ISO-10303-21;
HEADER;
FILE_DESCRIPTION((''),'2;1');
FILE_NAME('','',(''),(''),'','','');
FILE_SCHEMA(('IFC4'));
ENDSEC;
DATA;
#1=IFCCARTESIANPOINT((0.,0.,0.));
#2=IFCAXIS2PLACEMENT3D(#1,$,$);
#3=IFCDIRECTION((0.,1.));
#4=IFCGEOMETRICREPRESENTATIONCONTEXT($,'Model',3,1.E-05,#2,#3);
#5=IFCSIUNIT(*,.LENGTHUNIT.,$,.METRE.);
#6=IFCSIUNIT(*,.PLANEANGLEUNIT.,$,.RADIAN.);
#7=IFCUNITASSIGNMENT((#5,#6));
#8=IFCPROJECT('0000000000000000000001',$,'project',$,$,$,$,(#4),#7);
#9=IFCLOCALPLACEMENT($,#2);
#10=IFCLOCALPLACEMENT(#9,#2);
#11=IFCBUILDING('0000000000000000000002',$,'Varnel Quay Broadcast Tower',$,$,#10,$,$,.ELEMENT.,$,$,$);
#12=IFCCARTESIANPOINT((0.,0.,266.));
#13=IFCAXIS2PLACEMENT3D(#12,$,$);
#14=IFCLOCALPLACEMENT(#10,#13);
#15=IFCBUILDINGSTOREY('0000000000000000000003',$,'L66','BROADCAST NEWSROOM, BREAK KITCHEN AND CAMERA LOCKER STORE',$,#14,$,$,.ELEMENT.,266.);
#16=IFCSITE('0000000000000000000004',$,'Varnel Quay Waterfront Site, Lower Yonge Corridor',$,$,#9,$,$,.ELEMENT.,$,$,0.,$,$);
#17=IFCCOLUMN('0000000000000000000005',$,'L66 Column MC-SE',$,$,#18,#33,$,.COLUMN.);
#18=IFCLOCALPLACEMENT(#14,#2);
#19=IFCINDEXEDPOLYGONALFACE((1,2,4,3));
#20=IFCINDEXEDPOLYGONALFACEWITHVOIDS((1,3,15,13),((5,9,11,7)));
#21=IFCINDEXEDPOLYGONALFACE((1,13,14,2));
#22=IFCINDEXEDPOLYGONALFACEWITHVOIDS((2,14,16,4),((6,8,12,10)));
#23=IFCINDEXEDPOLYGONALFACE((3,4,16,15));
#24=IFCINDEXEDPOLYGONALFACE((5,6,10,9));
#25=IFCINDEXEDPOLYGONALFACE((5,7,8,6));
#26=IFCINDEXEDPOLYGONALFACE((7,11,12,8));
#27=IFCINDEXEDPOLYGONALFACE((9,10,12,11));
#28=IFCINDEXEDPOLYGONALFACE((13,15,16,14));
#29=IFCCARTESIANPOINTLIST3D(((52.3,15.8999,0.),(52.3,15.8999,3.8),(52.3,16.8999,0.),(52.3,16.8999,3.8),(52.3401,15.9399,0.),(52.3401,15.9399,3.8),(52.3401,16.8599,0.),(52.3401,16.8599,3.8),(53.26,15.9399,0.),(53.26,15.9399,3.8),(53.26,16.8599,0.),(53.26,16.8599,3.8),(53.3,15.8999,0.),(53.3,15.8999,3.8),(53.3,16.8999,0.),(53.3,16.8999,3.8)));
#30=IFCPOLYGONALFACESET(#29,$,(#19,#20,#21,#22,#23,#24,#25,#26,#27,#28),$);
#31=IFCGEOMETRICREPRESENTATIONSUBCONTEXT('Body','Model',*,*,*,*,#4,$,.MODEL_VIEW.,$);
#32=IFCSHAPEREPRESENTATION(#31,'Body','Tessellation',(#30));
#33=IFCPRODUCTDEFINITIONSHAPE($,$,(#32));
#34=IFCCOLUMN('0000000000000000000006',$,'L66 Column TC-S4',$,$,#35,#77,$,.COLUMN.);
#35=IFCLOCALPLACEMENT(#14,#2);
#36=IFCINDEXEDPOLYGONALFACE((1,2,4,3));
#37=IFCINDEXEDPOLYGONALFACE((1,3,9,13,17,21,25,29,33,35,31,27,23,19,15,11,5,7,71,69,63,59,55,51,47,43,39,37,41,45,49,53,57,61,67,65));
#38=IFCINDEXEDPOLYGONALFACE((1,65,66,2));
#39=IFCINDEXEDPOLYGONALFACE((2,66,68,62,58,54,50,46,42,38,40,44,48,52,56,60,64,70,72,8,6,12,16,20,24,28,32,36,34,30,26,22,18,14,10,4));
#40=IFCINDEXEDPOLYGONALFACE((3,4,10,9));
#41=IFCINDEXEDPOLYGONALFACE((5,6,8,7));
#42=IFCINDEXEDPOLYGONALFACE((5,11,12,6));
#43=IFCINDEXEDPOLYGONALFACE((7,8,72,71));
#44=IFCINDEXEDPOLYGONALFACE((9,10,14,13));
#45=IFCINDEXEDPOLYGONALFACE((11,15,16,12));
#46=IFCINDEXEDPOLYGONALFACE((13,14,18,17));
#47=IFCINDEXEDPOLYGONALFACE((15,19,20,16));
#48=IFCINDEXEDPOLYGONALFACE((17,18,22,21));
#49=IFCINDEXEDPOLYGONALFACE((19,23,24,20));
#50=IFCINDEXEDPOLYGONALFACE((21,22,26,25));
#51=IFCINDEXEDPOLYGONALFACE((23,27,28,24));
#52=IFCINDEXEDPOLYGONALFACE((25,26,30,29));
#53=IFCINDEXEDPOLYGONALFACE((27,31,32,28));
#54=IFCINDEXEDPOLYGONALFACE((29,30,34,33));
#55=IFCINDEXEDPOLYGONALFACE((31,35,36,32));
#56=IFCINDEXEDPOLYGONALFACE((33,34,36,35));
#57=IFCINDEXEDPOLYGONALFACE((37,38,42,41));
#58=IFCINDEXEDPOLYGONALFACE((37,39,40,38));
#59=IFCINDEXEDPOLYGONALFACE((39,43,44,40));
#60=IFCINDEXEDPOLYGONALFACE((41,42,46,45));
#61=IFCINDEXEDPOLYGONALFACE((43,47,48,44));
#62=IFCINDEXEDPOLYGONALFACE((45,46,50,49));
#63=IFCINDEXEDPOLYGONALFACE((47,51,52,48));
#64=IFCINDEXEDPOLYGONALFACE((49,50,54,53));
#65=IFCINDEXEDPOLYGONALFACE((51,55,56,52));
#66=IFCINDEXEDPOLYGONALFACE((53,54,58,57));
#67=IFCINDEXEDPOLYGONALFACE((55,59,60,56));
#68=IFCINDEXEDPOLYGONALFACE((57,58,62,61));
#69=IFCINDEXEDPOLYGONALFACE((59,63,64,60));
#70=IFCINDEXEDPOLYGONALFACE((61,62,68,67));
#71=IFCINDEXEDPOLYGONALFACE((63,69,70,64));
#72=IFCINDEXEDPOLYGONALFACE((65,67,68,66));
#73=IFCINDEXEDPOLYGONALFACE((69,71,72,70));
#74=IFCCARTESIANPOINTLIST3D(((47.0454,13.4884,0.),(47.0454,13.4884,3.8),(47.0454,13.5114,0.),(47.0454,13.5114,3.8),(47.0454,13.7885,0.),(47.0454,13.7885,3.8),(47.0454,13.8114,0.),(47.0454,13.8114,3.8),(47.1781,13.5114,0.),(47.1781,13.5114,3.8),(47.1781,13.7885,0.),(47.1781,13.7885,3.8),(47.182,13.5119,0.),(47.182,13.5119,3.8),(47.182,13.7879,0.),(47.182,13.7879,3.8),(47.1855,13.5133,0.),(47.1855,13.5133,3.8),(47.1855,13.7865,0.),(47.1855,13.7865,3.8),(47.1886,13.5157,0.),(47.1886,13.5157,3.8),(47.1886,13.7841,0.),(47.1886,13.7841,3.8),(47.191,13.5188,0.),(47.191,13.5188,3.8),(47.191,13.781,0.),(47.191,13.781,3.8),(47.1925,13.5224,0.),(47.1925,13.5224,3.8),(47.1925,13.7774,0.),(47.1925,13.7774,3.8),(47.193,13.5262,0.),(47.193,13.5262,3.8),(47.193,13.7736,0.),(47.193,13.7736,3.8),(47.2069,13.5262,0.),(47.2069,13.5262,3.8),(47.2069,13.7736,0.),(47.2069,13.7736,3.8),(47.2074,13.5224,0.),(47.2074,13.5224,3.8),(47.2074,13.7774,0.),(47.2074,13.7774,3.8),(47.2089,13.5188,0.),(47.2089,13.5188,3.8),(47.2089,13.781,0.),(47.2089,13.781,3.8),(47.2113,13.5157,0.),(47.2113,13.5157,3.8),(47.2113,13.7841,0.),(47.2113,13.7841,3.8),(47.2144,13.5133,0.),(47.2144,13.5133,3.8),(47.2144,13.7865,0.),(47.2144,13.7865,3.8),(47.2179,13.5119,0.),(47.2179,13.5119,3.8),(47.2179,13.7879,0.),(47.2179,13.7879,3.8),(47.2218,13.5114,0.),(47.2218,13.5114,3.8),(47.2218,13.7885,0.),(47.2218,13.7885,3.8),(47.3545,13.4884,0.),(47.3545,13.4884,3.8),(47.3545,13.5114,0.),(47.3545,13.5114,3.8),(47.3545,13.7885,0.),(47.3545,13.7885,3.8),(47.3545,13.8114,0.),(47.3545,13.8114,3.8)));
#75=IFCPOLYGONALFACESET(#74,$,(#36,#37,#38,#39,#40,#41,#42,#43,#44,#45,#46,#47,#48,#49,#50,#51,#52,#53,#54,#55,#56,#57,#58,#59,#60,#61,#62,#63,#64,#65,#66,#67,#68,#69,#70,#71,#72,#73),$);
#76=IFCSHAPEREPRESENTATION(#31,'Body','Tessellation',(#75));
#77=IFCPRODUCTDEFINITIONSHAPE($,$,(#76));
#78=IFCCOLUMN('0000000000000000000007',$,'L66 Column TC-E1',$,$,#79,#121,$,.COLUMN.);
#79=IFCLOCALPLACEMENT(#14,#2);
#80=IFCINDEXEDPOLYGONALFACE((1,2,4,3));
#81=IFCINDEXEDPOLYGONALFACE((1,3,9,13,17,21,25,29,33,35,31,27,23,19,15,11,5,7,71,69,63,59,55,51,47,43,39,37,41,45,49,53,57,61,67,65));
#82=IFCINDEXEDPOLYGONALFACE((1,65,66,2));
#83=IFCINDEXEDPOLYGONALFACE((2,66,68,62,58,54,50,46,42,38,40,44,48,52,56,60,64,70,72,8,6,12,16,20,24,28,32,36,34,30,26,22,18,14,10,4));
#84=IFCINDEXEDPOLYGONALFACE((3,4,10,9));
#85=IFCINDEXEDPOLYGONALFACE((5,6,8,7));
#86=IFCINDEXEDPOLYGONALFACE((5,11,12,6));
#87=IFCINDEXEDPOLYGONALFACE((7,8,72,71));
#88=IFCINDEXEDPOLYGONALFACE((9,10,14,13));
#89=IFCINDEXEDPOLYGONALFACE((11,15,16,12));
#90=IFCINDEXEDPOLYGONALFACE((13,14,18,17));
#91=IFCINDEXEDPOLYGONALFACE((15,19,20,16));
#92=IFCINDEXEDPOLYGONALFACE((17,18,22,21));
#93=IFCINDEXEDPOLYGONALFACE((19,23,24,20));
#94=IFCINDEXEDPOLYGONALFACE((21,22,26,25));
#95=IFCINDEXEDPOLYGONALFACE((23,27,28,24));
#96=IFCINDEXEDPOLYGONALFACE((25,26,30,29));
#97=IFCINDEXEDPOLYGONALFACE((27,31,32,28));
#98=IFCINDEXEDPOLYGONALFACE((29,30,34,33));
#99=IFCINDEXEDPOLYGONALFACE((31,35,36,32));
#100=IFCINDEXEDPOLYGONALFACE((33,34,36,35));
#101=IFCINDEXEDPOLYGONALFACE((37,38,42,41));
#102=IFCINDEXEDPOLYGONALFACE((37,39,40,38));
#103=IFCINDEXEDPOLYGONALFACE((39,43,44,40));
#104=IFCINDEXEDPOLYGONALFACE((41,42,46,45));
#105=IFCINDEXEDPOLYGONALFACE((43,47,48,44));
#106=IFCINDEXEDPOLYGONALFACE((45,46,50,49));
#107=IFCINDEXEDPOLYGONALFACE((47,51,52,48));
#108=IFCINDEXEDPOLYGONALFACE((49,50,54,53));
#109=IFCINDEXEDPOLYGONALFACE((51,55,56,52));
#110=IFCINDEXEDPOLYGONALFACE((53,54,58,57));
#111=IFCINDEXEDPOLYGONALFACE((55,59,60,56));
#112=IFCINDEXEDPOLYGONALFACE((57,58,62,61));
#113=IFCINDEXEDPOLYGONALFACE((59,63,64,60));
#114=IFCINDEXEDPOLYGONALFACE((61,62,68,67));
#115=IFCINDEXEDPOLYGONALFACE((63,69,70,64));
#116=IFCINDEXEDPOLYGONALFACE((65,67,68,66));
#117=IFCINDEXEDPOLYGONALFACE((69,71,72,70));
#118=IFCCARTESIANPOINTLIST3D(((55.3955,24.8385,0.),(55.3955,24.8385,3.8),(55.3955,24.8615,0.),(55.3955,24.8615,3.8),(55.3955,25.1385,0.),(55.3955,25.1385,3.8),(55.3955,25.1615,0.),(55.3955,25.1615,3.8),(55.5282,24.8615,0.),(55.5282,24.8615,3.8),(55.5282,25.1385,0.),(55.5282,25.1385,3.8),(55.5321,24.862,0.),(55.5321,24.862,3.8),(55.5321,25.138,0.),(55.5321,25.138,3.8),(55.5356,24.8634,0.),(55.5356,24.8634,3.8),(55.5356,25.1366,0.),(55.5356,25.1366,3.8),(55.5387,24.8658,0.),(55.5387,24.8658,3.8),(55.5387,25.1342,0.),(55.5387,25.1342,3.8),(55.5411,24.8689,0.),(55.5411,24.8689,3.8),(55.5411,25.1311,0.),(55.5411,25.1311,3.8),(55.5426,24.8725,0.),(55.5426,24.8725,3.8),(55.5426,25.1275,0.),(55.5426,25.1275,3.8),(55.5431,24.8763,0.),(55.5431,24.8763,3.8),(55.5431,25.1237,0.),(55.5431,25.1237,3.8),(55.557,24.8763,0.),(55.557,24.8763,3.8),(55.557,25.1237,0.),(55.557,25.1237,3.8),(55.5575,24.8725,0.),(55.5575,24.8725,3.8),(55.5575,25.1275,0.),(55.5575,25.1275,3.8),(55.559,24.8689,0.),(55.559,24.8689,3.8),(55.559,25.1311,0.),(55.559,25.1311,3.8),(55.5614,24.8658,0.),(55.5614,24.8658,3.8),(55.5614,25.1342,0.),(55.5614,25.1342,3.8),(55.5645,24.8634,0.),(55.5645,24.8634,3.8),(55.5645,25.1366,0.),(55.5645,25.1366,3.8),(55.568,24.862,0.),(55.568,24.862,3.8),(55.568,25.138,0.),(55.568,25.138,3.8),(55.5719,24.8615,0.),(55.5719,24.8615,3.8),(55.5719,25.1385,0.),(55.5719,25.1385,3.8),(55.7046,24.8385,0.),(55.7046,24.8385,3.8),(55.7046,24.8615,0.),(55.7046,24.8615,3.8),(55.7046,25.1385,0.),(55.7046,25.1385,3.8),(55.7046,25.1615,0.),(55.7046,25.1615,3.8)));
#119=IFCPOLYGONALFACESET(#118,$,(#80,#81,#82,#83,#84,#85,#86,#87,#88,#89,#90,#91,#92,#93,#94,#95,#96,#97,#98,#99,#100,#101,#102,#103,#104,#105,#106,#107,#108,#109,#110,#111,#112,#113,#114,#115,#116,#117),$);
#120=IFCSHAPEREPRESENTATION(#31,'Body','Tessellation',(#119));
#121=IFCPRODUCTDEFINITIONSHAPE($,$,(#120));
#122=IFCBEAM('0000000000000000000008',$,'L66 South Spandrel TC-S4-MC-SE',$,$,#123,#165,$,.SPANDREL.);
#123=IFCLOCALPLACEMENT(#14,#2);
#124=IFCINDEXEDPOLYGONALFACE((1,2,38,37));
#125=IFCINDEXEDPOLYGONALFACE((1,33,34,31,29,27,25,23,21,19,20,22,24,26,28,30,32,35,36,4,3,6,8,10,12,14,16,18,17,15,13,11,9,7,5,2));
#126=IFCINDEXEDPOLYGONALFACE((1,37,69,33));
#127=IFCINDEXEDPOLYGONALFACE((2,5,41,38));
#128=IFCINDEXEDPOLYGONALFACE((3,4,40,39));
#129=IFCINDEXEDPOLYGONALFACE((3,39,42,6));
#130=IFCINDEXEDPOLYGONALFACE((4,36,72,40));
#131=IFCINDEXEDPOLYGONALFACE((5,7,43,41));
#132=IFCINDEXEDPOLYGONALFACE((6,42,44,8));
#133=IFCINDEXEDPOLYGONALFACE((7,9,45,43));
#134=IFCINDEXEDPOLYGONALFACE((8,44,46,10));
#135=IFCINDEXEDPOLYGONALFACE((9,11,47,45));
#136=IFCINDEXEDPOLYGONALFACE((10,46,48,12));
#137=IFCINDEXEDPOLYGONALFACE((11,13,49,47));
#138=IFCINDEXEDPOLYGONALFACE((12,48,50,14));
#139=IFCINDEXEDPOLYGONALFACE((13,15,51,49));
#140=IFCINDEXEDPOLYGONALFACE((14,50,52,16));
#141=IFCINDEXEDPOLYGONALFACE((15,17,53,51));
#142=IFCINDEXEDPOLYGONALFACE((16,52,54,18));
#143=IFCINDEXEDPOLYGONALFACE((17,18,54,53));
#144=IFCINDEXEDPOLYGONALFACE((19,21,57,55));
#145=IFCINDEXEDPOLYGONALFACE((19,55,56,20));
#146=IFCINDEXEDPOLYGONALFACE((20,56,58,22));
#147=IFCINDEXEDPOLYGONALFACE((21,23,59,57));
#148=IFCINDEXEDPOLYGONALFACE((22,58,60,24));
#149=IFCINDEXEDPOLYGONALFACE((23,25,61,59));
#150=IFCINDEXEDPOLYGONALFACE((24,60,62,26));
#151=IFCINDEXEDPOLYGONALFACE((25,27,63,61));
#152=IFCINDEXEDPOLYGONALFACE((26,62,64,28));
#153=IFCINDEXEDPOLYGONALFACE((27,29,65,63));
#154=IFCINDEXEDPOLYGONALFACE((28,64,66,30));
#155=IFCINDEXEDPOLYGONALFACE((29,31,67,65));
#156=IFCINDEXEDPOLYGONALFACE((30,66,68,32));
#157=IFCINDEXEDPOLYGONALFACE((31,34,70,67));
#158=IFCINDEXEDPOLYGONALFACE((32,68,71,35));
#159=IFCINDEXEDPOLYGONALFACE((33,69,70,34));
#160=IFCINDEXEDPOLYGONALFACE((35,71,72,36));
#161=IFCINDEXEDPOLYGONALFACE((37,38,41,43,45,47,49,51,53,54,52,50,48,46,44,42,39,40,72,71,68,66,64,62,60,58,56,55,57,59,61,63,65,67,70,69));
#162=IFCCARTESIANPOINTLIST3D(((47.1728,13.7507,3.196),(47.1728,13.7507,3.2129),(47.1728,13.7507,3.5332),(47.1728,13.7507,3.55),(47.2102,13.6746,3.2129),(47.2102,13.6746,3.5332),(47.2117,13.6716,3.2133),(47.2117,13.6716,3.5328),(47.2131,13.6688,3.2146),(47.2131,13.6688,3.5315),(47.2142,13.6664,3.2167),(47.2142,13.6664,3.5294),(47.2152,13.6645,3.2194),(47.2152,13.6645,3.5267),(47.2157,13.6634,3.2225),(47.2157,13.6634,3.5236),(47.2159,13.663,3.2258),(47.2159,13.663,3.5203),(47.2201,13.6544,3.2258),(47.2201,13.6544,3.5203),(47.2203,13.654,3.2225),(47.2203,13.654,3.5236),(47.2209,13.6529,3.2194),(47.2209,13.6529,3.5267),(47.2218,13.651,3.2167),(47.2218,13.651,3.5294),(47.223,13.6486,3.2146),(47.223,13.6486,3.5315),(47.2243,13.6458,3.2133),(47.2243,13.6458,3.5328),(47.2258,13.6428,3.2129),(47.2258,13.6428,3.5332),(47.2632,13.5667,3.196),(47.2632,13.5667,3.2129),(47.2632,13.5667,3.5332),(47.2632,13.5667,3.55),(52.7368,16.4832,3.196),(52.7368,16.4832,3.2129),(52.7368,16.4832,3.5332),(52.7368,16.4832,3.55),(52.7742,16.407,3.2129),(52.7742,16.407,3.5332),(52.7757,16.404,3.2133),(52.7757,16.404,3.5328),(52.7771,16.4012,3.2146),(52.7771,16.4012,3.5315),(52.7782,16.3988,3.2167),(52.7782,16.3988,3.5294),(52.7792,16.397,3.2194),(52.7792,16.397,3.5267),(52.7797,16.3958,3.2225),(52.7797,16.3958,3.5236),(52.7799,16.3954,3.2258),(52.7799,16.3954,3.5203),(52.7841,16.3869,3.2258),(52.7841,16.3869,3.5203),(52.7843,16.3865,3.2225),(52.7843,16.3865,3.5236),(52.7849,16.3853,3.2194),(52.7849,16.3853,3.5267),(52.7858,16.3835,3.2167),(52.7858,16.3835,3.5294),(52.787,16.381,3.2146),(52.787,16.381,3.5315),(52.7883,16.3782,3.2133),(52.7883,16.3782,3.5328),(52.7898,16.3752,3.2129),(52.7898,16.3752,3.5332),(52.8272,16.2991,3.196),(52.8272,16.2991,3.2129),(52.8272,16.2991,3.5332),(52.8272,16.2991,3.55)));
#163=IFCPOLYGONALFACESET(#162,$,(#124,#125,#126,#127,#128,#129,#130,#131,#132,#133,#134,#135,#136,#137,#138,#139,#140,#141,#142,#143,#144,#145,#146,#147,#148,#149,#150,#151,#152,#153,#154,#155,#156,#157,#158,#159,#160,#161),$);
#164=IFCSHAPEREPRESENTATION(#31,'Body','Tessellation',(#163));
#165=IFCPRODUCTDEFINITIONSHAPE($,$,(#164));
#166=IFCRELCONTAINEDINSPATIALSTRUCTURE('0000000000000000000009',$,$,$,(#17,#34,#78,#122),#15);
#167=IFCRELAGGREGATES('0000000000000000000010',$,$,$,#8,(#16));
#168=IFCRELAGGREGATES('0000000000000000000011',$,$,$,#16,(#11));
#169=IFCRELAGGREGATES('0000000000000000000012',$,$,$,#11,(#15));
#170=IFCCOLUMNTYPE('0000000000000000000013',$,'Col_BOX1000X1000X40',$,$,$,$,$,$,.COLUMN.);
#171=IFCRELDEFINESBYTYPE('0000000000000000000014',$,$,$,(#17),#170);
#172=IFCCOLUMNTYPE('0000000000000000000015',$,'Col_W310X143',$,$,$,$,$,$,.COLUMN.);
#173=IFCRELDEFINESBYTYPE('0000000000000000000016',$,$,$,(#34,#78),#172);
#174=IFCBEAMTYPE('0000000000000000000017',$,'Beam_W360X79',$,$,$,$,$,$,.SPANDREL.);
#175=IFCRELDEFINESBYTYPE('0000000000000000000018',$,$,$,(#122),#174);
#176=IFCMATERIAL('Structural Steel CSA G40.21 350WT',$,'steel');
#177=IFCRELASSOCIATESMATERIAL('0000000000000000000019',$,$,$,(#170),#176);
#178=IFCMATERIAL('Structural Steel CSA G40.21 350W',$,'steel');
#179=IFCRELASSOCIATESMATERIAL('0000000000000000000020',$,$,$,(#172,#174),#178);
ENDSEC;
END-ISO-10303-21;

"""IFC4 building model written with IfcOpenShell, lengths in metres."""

from ifc_helpers import new_model, si_unit, direction, frame, origin, origin_2d, place, context, subcontext, project, spatial, hollow_rectangle, i_section, extrude, source, transform, mapped, material, material_profile, profile_set, type_object, type_shapes, element, save


model = new_model("IFC4")

# Units and contexts
model_context = context("Model", 3, precision=1e-05, world=origin(), true_north=direction((0.0, 1.0)))
body_context = subcontext(model_context, "Body", "Model", "MODEL_VIEW")
ifc_project = project(units=[si_unit("LENGTHUNIT", "METRE"), si_unit("PLANEANGLEUNIT", "RADIAN")], contexts=[model_context])

# Site, building, storey
site_placement = place(None, origin())
site = spatial("IfcSite", under=ifc_project, at=site_placement, Name="Varnel Quay Waterfront Site, Lower Yonge Corridor", CompositionType="ELEMENT", RefElevation=0.0)
building_placement = place(site_placement, origin())
building = spatial("IfcBuilding", under=site, at=building_placement, Name="Varnel Quay Broadcast Tower", CompositionType="ELEMENT")
storey_placement = place(building_placement, frame((0.0, 0.0, 266.0)))
storey = spatial("IfcBuildingStorey", under=building, at=storey_placement, Name="L66", Description="BROADCAST NEWSROOM, BREAK KITCHEN AND CAMERA LOCKER STORE", CompositionType="ELEMENT", Elevation=266.0)

# Columns
ifc_material_1 = material(Name="Structural Steel CSA G40.21 350WT", Category="steel")
ifc_material_profile_1 = material_profile(ifc_material_1, hollow_rectangle(XDim=1.0, YDim=1.0, WallThickness=0.04, at=origin_2d()), Name="BOX1000X1000X40")
ifc_profile_set_1 = profile_set([ifc_material_profile_1], Name="Structural Steel CSA G40.21 350WT")
column_type_1 = type_object("IfcColumnType", Name="Col_BOX1000X1000X40", PredefinedType="COLUMN", material=ifc_profile_set_1)
shared_shape_1 = source(origin(), body_context, "Body", "SweptSolid", [
    extrude(hollow_rectangle(XDim=1.0, YDim=1.0, WallThickness=0.04, at=origin_2d()), origin(), (0.0, 0.0, 1.0), 3.8),
])
type_shapes(column_type_1, [shared_shape_1])
column_placement = place(storey_placement, frame((52.8, 16.3999, 0.0), z_axis=(0.0, 0.0, 1.0), x_axis=(1.0, 0.0, 0.0)))
element("IfcColumn", 1, at=column_placement, inside=storey, type_object=column_type_1, Name="L66 Column MC-SE", PredefinedType="COLUMN", context=body_context, shape_type="MappedRepresentation", body=[
    mapped(shared_shape_1, transform((0.0, 0.0, 0.0), x_axis=(1.0, 0.0, 0.0), y_axis=(0.0, 1.0, 0.0), z_axis=(0.0, 0.0, 1.0), scale=1.0)),
])
ifc_material_2 = material(Name="Structural Steel CSA G40.21 350W", Category="steel")
ifc_material_profile_2 = material_profile(ifc_material_2, i_section(OverallWidth=0.3091, OverallDepth=0.323, WebThickness=0.0139, FlangeThickness=0.0229, FilletRadius=0.0149, at=origin_2d()), Name="W310X143")
ifc_profile_set_2 = profile_set([ifc_material_profile_2], Name="Structural Steel CSA G40.21 350W")
column_type_2 = type_object("IfcColumnType", Name="Col_W310X143", PredefinedType="COLUMN", material=ifc_profile_set_2)
shared_shape_2 = source(origin(), body_context, "Body", "SweptSolid", [
    extrude(i_section(OverallWidth=0.3091, OverallDepth=0.323, WebThickness=0.0139, FlangeThickness=0.0229, FilletRadius=0.0149, at=origin_2d()), origin(), (0.0, 0.0, 1.0), 3.8),
])
type_shapes(column_type_2, [shared_shape_2])
for number, where, z_axis, x_axis, name in (
    (2, (47.2, 13.6499, 0.0), (0.0, 0.0, 1.0), (1.0, 0.0, 0.0), "L66 Column TC-S4"),
    (3, (55.55, 25.0, 0.0), (0.0, 0.0, 1.0), (1.0, 0.0, 0.0), "L66 Column TC-E1"),
):
    element("IfcColumn", number, at=place(storey_placement, frame(where, z_axis=z_axis, x_axis=x_axis)), inside=storey, type_object=column_type_2, Name=name, PredefinedType="COLUMN", context=body_context, shape_type="MappedRepresentation", body=[
        mapped(shared_shape_2, transform((0.0, 0.0, 0.0), x_axis=(1.0, 0.0, 0.0), y_axis=(0.0, 1.0, 0.0), z_axis=(0.0, 0.0, 1.0), scale=1.0)),
    ])

# Beam
ifc_material_profile_3 = material_profile(ifc_material_2, i_section(OverallWidth=0.2051, OverallDepth=0.354, WebThickness=0.0095, FlangeThickness=0.0168, FilletRadius=0.0129, at=origin_2d()), Name="W360X79")
ifc_profile_set_3 = profile_set([ifc_material_profile_3], Name="Structural Steel CSA G40.21 350W")
beam_type = type_object("IfcBeamType", Name="Beam_W360X79", PredefinedType="SPANDREL", material=ifc_profile_set_3)
shared_shape_3 = source(origin(), body_context, "Body", "SweptSolid", [
    extrude(i_section(OverallWidth=0.2051, OverallDepth=0.354, WebThickness=0.0095, FlangeThickness=0.0168, FilletRadius=0.0129, at=origin_2d()), origin(), (0.0, 0.0, 1.0), 6.1987),
])
beam_1_placement = place(storey_placement, frame((47.218, 13.6587, 3.373), z_axis=(0.897602, 0.440806, 0.0), x_axis=(-0.440806, 0.897602, 0.0)))
element("IfcBeam", 4, at=beam_1_placement, inside=storey, type_object=beam_type, Name="L66 South Spandrel TC-S4-MC-SE", PredefinedType="SPANDREL", context=body_context, shape_type="MappedRepresentation", body=[
    mapped(shared_shape_3, transform((0.0, 0.0, 0.0), x_axis=(1.0, 0.0, 0.0), y_axis=(0.0, 1.0, 0.0), z_axis=(0.0, 0.0, 1.0), scale=1.0)),
])

save(model, "model.ifc")
